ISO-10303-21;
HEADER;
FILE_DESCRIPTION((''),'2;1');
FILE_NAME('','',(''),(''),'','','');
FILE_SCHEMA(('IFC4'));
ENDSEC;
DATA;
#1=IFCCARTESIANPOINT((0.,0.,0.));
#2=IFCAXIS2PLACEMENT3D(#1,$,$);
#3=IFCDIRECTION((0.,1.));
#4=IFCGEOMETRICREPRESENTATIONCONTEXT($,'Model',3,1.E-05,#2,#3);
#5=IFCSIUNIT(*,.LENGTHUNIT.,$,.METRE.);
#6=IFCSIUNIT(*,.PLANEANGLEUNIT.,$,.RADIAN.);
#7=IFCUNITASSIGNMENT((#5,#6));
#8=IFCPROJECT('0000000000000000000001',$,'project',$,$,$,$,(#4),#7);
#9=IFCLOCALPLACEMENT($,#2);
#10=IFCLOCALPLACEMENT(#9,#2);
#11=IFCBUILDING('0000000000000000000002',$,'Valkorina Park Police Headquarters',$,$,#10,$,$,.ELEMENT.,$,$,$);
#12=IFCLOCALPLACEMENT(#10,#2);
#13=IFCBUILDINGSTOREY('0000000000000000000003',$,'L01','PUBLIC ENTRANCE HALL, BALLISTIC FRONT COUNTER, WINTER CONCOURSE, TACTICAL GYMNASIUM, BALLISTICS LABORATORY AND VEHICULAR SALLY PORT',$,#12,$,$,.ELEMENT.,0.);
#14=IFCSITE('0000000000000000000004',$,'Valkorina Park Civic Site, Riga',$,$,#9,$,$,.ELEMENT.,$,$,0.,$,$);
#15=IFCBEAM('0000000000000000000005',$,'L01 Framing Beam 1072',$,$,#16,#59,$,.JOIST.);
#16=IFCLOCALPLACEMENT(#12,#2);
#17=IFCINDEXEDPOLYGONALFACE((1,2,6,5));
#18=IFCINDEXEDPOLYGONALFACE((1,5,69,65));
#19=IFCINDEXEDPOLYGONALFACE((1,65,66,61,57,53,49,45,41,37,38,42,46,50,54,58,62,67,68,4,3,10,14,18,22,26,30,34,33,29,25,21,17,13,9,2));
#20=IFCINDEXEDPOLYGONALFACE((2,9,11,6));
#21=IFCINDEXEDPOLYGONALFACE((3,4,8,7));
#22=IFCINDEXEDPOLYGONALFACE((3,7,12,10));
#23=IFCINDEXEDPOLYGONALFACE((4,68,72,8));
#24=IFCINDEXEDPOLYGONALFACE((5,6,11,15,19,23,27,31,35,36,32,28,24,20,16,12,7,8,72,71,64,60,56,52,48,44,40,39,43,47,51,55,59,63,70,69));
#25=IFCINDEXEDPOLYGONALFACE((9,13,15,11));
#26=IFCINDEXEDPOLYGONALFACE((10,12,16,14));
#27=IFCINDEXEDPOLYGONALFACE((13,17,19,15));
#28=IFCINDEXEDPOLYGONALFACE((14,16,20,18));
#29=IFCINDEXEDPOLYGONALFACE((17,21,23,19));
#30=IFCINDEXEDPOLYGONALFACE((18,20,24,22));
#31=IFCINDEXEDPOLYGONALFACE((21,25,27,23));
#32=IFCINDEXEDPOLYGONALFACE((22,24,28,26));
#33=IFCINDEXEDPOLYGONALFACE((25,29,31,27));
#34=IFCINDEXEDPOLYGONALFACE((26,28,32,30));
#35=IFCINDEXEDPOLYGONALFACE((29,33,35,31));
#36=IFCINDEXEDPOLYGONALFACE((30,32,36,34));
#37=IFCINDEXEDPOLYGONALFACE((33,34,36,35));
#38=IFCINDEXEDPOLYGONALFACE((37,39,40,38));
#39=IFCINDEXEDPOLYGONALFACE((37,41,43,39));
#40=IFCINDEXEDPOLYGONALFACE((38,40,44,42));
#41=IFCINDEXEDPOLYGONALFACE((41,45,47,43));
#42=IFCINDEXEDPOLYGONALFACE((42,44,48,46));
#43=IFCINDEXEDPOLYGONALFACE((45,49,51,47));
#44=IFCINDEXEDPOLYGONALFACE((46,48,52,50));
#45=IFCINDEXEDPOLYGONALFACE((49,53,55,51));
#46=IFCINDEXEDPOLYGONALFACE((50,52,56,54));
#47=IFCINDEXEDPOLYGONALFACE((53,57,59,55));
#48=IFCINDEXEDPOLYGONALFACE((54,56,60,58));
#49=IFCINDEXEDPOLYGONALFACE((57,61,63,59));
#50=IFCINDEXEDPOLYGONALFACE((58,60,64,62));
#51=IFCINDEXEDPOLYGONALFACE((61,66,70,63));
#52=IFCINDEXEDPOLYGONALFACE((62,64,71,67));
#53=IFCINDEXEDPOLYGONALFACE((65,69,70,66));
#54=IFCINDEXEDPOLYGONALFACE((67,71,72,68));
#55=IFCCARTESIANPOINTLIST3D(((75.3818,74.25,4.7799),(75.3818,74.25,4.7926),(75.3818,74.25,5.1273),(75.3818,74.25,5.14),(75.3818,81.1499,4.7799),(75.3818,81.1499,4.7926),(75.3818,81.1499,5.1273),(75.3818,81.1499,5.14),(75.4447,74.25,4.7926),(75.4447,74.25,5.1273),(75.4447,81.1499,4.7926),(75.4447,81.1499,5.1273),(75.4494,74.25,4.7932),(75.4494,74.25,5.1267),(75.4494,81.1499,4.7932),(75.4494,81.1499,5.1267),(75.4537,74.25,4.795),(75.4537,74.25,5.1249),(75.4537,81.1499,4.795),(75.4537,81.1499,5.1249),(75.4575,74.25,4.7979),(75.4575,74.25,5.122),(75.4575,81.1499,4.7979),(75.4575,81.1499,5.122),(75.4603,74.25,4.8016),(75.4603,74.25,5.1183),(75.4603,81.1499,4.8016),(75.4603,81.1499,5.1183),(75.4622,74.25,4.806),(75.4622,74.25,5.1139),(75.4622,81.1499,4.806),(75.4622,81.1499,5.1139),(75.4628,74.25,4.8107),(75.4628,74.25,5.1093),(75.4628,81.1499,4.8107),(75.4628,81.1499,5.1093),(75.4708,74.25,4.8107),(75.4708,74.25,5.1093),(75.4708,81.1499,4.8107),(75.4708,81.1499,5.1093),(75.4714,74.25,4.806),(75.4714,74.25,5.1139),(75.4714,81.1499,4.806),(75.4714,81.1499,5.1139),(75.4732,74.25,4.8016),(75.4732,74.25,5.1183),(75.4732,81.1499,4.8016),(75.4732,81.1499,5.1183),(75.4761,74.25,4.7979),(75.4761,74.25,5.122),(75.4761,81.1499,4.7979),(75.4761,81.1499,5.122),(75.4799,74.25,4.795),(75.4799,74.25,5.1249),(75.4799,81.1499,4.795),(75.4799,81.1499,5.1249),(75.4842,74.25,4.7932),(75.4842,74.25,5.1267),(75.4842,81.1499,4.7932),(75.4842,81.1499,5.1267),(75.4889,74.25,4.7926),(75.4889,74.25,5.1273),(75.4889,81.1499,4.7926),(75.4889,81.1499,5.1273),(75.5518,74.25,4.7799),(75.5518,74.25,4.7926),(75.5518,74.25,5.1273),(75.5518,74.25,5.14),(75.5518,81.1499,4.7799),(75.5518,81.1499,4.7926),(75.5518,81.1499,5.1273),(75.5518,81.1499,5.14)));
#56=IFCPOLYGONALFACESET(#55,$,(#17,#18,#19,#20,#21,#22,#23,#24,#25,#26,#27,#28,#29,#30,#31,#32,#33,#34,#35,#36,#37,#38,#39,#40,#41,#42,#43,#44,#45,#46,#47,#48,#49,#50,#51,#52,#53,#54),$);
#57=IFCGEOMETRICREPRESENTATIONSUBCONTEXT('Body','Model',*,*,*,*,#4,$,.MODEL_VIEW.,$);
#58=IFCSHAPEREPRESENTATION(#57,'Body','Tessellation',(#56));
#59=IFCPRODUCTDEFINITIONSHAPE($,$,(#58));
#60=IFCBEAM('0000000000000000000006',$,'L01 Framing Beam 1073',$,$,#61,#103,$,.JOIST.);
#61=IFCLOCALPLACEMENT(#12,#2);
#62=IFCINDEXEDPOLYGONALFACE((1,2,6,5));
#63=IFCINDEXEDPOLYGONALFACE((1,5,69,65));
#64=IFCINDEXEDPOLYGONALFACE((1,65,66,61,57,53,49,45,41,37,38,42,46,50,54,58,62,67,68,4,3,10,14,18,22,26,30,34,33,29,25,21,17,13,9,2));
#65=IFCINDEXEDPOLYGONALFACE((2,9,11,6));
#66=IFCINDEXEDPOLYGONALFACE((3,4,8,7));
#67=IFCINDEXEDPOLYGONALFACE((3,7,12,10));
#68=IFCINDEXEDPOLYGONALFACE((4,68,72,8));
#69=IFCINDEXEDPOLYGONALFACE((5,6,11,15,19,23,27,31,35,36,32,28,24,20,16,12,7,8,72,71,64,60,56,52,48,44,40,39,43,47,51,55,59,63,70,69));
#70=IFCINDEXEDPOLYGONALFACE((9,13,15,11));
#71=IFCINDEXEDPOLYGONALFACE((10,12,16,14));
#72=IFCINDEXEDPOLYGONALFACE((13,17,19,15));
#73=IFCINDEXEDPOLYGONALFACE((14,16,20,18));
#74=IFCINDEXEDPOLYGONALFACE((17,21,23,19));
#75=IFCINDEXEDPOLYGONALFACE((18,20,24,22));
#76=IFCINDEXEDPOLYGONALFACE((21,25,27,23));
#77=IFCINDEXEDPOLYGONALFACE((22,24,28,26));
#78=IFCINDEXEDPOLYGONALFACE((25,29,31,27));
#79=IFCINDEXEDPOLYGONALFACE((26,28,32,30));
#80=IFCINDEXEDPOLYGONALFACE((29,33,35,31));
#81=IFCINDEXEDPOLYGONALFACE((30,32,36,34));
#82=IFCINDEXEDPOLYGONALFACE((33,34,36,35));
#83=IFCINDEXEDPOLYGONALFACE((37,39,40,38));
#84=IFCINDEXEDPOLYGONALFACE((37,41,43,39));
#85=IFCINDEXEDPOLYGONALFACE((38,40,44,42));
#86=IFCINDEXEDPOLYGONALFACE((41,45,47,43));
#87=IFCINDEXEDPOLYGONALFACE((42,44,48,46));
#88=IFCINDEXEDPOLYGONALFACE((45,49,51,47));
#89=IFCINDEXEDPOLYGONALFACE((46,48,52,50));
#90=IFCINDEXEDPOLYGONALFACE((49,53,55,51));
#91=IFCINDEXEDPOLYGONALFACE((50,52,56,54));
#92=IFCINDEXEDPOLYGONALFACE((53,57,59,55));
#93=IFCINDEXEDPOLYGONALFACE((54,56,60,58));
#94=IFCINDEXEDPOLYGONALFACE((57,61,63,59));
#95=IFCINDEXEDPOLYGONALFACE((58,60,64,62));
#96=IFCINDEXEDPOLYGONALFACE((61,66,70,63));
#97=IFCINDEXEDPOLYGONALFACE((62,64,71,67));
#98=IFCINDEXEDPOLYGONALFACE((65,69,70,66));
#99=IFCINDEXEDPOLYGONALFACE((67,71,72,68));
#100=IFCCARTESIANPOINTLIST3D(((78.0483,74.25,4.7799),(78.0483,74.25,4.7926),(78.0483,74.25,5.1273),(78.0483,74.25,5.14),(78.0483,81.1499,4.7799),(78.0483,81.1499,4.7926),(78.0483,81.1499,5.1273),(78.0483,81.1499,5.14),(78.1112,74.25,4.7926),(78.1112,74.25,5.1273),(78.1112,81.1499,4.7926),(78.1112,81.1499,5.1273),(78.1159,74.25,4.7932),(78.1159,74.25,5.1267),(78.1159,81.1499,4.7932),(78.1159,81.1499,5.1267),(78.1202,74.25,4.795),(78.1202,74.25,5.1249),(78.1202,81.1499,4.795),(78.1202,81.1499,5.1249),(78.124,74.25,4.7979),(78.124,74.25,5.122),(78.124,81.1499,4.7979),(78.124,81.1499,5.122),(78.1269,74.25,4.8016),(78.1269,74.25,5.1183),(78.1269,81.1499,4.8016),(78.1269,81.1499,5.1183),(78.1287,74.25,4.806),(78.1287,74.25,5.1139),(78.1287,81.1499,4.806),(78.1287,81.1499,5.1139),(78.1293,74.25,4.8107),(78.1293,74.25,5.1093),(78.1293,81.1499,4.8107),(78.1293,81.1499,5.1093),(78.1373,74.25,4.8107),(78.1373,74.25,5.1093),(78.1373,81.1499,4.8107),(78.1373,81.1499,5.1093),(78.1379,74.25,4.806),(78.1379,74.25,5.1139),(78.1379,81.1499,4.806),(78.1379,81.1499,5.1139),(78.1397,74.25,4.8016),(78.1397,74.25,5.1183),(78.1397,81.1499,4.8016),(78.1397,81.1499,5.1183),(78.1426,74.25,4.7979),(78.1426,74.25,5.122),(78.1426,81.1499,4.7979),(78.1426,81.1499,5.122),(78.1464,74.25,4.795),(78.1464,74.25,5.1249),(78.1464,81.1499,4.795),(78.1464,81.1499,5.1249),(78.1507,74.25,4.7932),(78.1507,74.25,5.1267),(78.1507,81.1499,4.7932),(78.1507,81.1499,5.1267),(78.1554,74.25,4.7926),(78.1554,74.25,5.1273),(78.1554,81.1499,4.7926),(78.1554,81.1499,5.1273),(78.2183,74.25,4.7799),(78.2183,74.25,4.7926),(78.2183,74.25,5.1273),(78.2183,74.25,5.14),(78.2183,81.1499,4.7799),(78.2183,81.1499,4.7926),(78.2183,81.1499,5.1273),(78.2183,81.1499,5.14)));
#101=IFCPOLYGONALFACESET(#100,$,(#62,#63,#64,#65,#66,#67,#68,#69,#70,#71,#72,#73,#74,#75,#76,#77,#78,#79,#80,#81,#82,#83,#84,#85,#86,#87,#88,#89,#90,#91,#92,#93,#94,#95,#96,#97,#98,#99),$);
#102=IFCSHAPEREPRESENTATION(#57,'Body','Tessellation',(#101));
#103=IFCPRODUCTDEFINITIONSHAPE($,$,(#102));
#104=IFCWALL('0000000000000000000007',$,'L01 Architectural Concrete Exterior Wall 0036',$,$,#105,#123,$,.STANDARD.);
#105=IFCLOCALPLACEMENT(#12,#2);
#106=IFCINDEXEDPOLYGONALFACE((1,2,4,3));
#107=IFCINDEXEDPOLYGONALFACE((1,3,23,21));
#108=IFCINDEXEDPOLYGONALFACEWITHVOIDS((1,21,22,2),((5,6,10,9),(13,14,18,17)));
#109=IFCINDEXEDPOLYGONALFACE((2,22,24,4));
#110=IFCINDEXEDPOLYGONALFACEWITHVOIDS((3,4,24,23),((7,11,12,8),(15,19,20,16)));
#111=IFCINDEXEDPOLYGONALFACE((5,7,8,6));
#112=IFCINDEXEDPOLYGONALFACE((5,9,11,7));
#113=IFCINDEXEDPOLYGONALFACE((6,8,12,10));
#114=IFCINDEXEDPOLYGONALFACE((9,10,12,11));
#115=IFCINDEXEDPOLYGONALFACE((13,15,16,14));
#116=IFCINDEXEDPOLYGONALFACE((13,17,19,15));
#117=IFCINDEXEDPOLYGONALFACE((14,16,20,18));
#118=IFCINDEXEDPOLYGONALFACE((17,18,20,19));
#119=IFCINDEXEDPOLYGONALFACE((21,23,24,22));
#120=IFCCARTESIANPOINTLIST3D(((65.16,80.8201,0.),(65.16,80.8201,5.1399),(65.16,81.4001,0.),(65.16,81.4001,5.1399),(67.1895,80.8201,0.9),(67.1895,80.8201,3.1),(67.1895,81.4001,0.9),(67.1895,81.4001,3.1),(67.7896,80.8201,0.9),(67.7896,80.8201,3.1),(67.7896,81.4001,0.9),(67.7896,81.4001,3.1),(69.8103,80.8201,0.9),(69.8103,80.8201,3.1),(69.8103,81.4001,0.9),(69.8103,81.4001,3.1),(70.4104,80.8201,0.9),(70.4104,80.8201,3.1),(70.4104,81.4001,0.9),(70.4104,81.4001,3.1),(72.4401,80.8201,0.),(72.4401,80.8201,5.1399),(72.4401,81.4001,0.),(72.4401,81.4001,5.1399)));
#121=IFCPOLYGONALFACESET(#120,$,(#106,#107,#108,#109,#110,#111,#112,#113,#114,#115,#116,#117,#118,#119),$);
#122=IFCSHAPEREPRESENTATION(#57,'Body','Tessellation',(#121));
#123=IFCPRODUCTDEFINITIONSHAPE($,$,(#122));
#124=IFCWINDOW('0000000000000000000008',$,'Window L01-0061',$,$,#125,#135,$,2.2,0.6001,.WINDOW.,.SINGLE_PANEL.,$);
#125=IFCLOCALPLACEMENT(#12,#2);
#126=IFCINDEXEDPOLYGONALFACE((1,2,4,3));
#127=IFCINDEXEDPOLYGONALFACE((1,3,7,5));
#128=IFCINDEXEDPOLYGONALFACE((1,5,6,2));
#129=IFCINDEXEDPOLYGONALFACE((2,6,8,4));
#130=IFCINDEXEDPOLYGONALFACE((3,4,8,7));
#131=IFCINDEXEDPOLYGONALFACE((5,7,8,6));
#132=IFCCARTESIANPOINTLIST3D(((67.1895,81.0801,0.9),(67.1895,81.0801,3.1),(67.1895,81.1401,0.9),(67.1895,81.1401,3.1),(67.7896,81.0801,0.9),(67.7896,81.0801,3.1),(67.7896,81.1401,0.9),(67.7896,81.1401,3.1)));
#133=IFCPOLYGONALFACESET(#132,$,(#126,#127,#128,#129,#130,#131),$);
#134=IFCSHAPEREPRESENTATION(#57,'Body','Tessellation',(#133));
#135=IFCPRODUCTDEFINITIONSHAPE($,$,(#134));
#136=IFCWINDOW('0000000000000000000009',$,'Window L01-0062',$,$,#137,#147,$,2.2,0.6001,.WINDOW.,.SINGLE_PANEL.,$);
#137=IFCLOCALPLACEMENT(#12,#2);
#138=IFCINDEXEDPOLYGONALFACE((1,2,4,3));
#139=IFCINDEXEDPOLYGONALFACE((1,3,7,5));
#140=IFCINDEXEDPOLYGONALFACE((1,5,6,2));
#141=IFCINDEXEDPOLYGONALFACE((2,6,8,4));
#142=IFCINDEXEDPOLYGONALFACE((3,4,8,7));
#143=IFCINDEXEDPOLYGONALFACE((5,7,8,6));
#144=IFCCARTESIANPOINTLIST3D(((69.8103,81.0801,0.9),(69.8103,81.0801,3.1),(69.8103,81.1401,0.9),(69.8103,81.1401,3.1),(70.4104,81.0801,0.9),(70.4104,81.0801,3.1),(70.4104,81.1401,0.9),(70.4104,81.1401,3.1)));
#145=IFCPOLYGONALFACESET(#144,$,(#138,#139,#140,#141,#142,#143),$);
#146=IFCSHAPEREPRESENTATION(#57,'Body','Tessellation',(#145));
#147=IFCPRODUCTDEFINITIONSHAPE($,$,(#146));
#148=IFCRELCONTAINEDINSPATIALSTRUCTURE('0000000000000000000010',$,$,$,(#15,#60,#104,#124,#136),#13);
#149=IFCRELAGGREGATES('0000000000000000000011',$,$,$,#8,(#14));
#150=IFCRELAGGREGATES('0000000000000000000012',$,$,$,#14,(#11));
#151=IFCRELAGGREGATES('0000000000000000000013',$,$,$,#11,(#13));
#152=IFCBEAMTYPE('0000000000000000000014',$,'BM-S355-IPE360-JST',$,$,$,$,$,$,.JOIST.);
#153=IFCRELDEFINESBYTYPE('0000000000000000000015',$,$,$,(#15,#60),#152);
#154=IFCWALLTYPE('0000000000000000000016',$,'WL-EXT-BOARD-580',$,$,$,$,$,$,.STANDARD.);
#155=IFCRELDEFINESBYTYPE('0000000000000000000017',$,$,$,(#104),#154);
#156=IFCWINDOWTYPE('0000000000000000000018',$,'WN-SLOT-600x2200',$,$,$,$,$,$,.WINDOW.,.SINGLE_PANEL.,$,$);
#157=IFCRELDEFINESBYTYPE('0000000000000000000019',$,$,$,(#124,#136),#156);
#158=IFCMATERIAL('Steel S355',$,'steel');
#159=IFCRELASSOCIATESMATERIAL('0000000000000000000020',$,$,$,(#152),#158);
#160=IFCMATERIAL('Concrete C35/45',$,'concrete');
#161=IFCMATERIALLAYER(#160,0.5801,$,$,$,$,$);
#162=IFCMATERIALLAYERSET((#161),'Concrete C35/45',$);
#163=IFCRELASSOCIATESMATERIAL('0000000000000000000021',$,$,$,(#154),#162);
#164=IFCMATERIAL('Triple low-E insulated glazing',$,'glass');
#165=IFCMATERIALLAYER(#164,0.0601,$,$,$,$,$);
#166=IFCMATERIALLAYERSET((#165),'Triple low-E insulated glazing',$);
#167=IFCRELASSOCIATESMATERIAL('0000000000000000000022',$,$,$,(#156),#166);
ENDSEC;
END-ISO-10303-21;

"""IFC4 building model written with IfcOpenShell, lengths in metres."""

from ifc_helpers import new_model, si_unit, direction, frame, frame_2d, origin, origin_2d, place, context, subcontext, project, spatial, rectangle, i_section, extrude, material, layer, layer_set, material_profile, profile_set, type_object, element, fill, save


model = new_model("IFC4")

# Units and contexts
model_context = context("Model", 3, precision=1e-05, world=origin(), true_north=direction((0.0, 1.0)))
body_context = subcontext(model_context, "Body", "Model", "MODEL_VIEW")
ifc_project = project(units=[si_unit("LENGTHUNIT", "METRE"), si_unit("PLANEANGLEUNIT", "RADIAN")], contexts=[model_context])

# Site, building, storey
site_placement = place(None, origin())
site = spatial("IfcSite", under=ifc_project, at=site_placement, Name="Valkorina Park Civic Site, Riga", CompositionType="ELEMENT", RefElevation=0.0)
building_placement = place(site_placement, origin())
building = spatial("IfcBuilding", under=site, at=building_placement, Name="Valkorina Park Police Headquarters", CompositionType="ELEMENT")
storey_placement = place(building_placement, origin())
storey = spatial("IfcBuildingStorey", under=building, at=storey_placement, Name="L01", Description="PUBLIC ENTRANCE HALL, BALLISTIC FRONT COUNTER, WINTER CONCOURSE, TACTICAL GYMNASIUM, BALLISTICS LABORATORY AND VEHICULAR SALLY PORT", CompositionType="ELEMENT", Elevation=0.0)

# Beams
ifc_material_1 = material(Name="Steel S355", Category="steel")
ifc_material_profile_1 = material_profile(ifc_material_1, i_section(OverallWidth=0.1699, OverallDepth=0.3601, WebThickness=0.0081, FlangeThickness=0.0127, FilletRadius=0.0181, at=origin_2d()), Name="IPE 360")
ifc_profile_set_1 = profile_set([ifc_material_profile_1], Name="Steel S355")
beam_type_1 = type_object("IfcBeamType", Name="BM-S355-IPE360-JST", PredefinedType="JOIST", material=ifc_profile_set_1)
for number, where, z_axis, x_axis, name in (
    (1, (75.4668, 74.25, 4.96), (0.0, 1.0, 0.0), (-1.0, 0.0, 0.0), "L01 Framing Beam 1072"),
    (2, (78.1333, 74.25, 4.96), (0.0, 1.0, 0.0), (-1.0, 0.0, 0.0), "L01 Framing Beam 1073"),
):
    element("IfcBeam", number, at=place(storey_placement, frame(where, z_axis=z_axis, x_axis=x_axis)), inside=storey, type_object=beam_type_1, Name=name, PredefinedType="JOIST", context=body_context, shape_type="SweptSolid", body=[
        extrude(i_section(OverallWidth=0.1699, OverallDepth=0.3601, WebThickness=0.0081, FlangeThickness=0.0127, FilletRadius=0.0181, at=origin_2d()), origin(), (0.0, 0.0, 1.0), 6.8999),
    ])

# Wall, openings, windows
ifc_material_2 = material(Name="Concrete C35/45", Category="concrete")
ifc_layer_1 = layer(ifc_material_2, 0.5801)
ifc_layer_set_1 = layer_set([ifc_layer_1], Name="Concrete C35/45")
wall_type = type_object("IfcWallType", Name="WL-EXT-BOARD-580", PredefinedType="STANDARD", material=ifc_layer_set_1)
wall_1_placement = place(storey_placement, frame((65.1599, 81.1101, 0.0), z_axis=(0.0, 0.0, 1.0), x_axis=(1.0, 0.0, 0.0)))
wall_1 = element("IfcWall", 3, at=wall_1_placement, inside=storey, type_object=wall_type, Name="L01 Architectural Concrete Exterior Wall 0036", PredefinedType="STANDARD", context=body_context, shape_type="SweptSolid", body=[
    extrude(rectangle(XDim=7.28, YDim=0.5801, at=frame_2d((3.6401, 0.0))), origin(), (0.0, 0.0, 1.0), 5.1399),
])
opening_1_placement = place(wall_1_placement, frame((2.0295, 0.0, 0.8999)))
opening_1 = element("IfcOpeningElement", 4, at=opening_1_placement, cuts=wall_1, PredefinedType="OPENING", context=body_context, shape_type="SweptSolid", body=[
    extrude(rectangle(XDim=0.6001, YDim=2.2, at=frame_2d((0.3, 1.1001))), frame((0.0, 0.3, 0.0), z_axis=(0.0, -1.0, 0.0), x_axis=(1.0, 0.0, 0.0)), (0.0, 0.0, 1.0), 0.6001),
])
opening_2_placement = place(wall_1_placement, frame((4.6504, 0.0, 0.8999)))
opening_2 = element("IfcOpeningElement", 5, at=opening_2_placement, cuts=wall_1, PredefinedType="OPENING", context=body_context, shape_type="SweptSolid", body=[
    extrude(rectangle(XDim=0.6001, YDim=2.2, at=frame_2d((0.3, 1.1001))), frame((0.0, 0.3, 0.0), z_axis=(0.0, -1.0, 0.0), x_axis=(1.0, 0.0, 0.0)), (0.0, 0.0, 1.0), 0.6001),
])
ifc_material_3 = material(Name="Triple low-E insulated glazing", Category="glass")
ifc_layer_2 = layer(ifc_material_3, 0.0601)
ifc_layer_set_2 = layer_set([ifc_layer_2], Name="Triple low-E insulated glazing")
window_type_1 = type_object("IfcWindowType", Name="WN-SLOT-600x2200", PartitioningType="SINGLE_PANEL", PredefinedType="WINDOW", material=ifc_layer_set_2)
window_1_placement = place(opening_1_placement, origin())
window_1 = element("IfcWindow", 6, at=window_1_placement, inside=storey, type_object=window_type_1, Name="Window L01-0061", OverallHeight=2.2, OverallWidth=0.6001, PartitioningType="SINGLE_PANEL", PredefinedType="WINDOW", context=body_context, shape_type="SweptSolid", body=[
    extrude(rectangle(XDim=0.6001, YDim=2.2, at=frame_2d((0.3, 1.1001))), frame((0.0, 0.03, 0.0), z_axis=(0.0, -1.0, 0.0), x_axis=(1.0, 0.0, 0.0)), (0.0, 0.0, 1.0), 0.0601),
])
fill(opening_1, window_1)
window_2_placement = place(opening_2_placement, origin())
window_2 = element("IfcWindow", 7, at=window_2_placement, inside=storey, type_object=window_type_1, Name="Window L01-0062", OverallHeight=2.2, OverallWidth=0.6001, PartitioningType="SINGLE_PANEL", PredefinedType="WINDOW", context=body_context, shape_type="SweptSolid", body=[
    extrude(rectangle(XDim=0.6001, YDim=2.2, at=frame_2d((0.3, 1.1001))), frame((0.0, 0.03, 0.0), z_axis=(0.0, -1.0, 0.0), x_axis=(1.0, 0.0, 0.0)), (0.0, 0.0, 1.0), 0.0601),
])
fill(opening_2, window_2)

save(model, "model.ifc")
